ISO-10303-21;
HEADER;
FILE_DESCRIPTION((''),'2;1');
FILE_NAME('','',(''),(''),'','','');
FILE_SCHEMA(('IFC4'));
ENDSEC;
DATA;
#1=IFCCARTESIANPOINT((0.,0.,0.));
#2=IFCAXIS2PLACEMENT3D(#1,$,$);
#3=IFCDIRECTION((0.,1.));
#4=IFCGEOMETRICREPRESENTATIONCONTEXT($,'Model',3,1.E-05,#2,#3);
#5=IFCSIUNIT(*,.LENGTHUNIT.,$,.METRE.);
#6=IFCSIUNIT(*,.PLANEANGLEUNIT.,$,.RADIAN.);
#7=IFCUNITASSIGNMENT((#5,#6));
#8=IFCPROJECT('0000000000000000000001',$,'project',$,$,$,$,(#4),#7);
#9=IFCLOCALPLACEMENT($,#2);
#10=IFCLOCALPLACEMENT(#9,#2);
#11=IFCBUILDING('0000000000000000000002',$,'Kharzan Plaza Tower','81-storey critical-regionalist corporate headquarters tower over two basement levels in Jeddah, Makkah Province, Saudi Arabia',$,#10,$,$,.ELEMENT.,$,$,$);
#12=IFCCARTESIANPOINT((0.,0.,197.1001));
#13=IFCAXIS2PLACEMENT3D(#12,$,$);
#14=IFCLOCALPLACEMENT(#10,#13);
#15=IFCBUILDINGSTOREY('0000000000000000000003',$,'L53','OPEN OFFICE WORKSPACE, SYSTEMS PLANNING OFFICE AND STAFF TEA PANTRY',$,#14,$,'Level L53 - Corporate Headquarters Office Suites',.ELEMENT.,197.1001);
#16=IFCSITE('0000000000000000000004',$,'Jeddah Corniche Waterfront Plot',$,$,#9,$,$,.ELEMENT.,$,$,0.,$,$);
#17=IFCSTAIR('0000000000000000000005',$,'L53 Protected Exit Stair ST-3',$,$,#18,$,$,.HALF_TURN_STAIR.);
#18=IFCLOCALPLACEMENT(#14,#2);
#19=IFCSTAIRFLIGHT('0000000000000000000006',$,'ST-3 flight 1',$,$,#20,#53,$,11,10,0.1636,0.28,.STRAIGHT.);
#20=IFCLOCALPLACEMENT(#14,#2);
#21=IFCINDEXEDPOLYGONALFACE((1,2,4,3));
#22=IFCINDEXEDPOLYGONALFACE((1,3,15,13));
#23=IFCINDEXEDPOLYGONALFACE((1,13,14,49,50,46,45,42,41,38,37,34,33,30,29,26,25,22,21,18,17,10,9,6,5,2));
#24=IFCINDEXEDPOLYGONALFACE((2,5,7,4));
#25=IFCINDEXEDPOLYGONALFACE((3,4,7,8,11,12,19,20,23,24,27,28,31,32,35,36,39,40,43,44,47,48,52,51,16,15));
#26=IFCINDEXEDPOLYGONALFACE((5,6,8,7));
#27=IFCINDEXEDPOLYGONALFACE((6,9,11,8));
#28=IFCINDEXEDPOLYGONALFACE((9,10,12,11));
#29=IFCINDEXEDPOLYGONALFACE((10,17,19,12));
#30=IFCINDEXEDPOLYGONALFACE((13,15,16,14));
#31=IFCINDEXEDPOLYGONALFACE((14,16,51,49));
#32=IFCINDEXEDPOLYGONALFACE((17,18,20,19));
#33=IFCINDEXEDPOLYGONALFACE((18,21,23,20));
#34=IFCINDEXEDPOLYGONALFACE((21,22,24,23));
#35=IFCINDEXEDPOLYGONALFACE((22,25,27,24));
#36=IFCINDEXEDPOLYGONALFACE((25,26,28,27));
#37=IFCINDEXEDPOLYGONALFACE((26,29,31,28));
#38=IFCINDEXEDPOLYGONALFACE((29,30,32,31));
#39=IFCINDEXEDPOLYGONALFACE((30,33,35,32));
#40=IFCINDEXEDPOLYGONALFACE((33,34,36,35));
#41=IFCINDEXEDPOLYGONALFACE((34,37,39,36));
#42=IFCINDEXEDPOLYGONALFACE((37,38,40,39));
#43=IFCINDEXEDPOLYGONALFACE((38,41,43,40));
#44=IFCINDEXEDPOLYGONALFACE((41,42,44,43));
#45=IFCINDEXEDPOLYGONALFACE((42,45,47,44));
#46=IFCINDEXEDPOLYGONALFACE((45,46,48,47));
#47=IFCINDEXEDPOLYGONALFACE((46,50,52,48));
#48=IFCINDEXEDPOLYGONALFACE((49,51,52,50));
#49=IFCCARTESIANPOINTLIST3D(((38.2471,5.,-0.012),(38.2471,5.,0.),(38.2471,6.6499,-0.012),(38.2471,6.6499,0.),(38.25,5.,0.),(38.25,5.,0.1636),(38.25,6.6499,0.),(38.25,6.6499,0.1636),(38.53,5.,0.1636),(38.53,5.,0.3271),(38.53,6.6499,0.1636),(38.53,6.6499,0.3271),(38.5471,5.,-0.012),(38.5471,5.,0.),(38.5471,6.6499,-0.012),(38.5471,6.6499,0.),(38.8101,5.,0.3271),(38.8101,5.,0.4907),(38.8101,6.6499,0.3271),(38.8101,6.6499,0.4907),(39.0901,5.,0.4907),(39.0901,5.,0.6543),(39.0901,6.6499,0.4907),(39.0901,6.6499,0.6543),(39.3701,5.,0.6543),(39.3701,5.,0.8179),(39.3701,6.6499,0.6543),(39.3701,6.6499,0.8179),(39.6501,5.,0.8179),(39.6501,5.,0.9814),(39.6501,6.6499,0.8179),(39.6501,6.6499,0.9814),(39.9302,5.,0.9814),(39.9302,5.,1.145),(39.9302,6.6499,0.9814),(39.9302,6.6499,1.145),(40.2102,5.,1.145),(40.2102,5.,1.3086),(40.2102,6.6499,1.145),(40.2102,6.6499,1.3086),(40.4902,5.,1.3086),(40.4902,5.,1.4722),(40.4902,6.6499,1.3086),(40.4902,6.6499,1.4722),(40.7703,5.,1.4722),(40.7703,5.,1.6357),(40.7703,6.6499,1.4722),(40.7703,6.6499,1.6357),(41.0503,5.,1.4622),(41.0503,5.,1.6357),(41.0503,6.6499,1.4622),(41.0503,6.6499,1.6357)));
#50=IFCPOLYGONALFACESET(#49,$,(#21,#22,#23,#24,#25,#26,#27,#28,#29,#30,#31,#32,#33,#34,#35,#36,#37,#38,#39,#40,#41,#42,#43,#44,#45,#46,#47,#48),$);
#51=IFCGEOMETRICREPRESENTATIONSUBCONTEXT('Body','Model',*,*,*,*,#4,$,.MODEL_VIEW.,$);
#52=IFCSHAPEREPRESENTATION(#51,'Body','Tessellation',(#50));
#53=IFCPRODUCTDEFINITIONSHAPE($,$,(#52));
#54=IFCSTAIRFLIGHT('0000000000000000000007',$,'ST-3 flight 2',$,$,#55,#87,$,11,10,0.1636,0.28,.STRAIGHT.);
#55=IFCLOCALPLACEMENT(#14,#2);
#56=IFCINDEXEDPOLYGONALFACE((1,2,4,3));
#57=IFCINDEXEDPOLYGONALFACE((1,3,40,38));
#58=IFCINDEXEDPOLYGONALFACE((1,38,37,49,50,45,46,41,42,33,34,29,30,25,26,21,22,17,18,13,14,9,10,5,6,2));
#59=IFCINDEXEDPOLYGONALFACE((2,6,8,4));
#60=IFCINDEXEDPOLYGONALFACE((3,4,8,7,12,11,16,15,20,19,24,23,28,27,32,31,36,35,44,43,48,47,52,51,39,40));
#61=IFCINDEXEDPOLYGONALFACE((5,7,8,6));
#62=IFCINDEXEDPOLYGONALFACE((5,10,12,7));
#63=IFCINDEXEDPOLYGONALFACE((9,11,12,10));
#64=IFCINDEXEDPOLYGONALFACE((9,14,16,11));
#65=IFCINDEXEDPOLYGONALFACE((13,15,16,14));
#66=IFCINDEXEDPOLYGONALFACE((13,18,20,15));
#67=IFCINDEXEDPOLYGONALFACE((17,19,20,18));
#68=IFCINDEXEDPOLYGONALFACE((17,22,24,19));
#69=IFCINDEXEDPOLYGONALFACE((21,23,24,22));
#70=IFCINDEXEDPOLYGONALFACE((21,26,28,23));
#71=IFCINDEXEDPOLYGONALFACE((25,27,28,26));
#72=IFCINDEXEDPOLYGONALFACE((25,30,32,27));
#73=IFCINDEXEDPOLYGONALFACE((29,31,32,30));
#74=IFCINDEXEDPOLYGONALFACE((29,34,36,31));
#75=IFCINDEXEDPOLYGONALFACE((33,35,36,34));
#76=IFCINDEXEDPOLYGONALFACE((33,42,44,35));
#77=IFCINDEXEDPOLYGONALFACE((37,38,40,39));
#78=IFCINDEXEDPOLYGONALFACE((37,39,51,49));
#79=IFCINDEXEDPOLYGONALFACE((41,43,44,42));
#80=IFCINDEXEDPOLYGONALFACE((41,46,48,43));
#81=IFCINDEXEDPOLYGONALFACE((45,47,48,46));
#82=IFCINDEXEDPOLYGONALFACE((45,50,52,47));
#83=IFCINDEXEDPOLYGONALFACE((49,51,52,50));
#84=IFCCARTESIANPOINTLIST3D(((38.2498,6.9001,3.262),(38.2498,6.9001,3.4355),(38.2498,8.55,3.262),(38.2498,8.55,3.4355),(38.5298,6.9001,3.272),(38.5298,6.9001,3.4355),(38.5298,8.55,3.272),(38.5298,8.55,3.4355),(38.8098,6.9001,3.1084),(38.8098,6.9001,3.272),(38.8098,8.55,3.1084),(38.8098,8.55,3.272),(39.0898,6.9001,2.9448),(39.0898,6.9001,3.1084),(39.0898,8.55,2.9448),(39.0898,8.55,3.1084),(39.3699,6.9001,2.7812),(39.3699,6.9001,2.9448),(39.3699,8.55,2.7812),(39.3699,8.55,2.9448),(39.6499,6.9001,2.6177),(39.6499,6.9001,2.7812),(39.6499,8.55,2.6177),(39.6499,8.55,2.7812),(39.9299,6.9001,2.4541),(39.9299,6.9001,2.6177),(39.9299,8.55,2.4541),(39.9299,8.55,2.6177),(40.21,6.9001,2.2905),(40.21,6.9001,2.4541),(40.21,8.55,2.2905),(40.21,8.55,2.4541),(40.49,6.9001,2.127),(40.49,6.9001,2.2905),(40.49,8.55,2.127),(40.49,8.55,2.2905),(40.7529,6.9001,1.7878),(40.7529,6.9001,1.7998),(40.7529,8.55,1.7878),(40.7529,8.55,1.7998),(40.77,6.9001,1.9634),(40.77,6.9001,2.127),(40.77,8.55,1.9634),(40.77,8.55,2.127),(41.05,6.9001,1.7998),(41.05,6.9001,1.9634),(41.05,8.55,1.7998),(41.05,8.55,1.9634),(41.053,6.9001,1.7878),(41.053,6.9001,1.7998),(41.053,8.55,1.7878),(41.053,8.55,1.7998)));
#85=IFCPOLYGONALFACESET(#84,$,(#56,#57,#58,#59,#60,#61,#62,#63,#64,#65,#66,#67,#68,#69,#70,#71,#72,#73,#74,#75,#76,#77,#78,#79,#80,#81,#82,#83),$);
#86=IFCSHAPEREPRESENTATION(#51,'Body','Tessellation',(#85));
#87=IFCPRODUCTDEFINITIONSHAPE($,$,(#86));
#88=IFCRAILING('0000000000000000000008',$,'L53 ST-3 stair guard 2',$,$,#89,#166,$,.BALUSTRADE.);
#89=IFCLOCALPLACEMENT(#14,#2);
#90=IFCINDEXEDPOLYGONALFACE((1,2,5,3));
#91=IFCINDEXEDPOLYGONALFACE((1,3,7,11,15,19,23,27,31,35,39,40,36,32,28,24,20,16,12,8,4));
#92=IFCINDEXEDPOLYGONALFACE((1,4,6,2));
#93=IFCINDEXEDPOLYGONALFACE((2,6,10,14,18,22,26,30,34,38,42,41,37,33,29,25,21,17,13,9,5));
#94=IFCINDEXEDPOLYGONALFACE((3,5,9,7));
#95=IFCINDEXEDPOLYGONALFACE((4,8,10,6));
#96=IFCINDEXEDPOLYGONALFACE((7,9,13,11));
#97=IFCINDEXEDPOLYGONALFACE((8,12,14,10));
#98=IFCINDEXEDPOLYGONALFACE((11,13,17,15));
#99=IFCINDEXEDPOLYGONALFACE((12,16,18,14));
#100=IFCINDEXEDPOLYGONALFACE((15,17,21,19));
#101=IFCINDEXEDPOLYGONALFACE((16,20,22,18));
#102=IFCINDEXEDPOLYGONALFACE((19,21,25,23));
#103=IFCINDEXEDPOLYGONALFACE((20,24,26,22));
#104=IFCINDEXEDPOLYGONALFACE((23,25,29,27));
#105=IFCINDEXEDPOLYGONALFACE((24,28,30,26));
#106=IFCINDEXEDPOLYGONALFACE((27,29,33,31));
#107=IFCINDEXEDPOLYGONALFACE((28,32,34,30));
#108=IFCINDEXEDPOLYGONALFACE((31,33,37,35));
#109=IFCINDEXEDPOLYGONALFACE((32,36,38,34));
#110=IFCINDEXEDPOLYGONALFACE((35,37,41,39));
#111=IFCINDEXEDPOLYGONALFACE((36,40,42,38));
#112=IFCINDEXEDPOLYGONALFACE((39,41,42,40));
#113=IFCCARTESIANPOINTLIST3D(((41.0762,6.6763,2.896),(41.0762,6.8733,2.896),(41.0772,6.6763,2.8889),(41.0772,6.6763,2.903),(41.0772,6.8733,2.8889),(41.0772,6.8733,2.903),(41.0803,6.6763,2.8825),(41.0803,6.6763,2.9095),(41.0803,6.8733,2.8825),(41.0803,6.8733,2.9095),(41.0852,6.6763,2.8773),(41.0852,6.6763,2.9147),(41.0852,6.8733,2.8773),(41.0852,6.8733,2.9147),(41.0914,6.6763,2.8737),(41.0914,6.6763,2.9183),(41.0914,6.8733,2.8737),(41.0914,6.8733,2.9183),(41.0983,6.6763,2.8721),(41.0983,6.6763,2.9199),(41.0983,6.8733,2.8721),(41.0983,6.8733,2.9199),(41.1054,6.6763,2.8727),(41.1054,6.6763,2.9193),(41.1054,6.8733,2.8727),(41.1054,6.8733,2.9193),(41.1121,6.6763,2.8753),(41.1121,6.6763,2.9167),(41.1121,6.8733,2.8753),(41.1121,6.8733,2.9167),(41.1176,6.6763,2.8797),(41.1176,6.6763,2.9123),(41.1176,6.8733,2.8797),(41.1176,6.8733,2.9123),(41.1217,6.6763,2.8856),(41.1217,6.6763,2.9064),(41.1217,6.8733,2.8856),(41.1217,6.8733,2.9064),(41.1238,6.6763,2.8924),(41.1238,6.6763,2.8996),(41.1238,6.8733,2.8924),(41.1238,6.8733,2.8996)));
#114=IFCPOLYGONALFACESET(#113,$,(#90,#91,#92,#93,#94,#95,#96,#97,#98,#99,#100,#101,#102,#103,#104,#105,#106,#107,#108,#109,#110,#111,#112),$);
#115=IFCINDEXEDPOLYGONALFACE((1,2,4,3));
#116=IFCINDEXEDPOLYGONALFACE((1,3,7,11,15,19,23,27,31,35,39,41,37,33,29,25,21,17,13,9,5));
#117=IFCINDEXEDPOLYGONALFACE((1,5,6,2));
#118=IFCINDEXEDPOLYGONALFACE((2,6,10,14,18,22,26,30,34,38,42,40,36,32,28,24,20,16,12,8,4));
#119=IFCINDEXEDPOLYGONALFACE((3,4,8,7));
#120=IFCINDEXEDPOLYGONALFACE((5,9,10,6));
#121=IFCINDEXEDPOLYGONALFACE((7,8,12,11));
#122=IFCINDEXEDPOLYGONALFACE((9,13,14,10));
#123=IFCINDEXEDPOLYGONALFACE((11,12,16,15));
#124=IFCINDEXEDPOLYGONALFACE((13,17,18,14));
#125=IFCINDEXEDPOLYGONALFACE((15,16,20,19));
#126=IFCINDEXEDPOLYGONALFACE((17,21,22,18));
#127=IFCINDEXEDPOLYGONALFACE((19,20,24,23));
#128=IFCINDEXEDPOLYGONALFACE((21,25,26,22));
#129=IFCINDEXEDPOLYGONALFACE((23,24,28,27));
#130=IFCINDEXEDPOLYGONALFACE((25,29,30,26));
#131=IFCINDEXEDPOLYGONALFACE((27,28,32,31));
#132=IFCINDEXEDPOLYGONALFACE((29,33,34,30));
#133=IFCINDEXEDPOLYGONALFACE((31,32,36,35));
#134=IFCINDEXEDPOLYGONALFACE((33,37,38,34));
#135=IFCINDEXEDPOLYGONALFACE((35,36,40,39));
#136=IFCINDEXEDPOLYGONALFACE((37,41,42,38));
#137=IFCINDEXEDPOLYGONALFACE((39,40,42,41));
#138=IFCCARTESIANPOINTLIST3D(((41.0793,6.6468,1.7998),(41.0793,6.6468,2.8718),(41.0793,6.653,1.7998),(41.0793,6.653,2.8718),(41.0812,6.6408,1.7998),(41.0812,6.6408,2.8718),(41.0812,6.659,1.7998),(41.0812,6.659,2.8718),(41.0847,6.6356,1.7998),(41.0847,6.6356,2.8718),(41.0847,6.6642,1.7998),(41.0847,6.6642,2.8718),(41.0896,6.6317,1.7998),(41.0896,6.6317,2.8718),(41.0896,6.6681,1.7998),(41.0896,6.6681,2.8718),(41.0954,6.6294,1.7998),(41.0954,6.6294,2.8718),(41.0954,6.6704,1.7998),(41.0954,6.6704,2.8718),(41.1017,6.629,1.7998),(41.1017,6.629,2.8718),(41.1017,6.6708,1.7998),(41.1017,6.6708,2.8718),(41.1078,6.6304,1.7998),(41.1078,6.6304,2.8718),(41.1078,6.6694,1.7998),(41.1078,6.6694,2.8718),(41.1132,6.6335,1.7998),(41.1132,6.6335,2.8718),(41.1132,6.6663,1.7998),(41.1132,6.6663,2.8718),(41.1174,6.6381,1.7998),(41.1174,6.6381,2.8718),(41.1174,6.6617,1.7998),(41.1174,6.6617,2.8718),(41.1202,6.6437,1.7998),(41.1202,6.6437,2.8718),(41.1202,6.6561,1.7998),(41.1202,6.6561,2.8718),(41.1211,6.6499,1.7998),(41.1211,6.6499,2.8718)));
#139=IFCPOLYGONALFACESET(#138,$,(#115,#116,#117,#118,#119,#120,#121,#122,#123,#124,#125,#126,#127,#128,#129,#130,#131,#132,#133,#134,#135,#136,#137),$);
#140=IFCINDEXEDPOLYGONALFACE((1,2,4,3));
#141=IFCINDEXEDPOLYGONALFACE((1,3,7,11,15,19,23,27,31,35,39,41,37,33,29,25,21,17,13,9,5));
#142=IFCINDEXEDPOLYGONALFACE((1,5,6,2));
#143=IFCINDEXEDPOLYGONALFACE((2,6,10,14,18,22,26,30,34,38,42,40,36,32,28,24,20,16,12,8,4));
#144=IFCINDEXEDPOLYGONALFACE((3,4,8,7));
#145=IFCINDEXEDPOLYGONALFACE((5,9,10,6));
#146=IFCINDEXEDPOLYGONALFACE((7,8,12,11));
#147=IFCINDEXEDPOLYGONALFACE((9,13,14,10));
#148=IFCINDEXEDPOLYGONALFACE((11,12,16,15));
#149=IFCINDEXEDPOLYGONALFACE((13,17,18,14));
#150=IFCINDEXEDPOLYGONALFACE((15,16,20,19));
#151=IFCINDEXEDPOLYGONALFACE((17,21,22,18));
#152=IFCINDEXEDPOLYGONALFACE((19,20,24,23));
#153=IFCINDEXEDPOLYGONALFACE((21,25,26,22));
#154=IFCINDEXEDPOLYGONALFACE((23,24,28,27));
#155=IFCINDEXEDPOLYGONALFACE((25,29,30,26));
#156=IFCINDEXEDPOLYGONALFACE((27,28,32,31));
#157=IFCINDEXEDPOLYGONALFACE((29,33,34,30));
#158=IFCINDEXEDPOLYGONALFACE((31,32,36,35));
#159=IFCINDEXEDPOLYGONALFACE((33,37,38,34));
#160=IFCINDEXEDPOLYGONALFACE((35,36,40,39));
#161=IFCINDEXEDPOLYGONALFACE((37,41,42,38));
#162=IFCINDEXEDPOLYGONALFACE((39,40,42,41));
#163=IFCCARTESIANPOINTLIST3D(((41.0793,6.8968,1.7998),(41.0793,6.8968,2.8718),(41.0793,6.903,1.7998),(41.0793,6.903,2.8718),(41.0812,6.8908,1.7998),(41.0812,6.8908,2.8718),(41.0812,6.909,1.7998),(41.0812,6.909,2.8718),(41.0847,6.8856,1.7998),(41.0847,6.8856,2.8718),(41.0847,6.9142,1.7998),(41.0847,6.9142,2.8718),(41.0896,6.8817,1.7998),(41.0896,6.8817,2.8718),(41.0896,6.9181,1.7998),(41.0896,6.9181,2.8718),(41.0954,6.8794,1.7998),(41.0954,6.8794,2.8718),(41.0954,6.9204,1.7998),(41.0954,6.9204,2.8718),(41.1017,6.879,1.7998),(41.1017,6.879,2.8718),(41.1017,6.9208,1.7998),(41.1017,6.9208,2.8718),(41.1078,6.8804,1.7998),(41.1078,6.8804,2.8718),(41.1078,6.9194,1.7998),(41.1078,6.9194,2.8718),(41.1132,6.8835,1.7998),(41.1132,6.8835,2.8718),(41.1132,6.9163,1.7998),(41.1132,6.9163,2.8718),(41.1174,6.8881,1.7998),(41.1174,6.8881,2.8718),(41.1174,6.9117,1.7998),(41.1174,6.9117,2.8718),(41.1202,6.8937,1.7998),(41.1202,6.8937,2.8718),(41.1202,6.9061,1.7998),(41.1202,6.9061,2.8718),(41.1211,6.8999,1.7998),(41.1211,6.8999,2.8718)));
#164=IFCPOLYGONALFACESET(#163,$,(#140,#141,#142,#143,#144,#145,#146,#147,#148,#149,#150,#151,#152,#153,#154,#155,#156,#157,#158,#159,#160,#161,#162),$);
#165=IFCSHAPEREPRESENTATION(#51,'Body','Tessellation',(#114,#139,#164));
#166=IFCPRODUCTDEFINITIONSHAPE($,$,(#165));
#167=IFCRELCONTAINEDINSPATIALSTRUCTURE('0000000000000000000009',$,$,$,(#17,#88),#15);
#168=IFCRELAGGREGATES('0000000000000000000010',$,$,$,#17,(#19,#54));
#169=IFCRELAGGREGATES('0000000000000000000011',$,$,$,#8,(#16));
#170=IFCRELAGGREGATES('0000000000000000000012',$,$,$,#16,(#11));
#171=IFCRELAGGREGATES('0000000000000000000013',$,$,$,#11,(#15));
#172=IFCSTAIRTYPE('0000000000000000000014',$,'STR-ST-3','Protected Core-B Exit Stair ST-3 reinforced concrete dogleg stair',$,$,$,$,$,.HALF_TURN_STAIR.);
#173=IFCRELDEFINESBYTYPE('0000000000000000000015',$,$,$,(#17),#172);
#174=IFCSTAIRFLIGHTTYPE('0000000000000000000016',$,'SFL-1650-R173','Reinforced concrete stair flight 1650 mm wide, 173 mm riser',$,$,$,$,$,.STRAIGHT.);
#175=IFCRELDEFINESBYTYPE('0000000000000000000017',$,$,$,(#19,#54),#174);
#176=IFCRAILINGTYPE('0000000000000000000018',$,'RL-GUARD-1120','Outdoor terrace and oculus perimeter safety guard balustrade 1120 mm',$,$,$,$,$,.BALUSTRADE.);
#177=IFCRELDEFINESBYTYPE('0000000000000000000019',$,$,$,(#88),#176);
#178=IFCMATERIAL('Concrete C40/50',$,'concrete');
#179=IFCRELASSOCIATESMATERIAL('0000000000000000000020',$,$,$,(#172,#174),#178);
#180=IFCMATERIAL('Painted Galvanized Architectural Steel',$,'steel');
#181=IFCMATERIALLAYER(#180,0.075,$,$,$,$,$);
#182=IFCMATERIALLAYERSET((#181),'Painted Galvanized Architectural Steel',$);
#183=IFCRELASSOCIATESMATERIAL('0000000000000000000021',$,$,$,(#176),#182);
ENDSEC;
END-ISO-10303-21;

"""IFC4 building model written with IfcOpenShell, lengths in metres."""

from ifc_helpers import new_model, si_unit, direction, frame, origin, origin_2d, place, context, subcontext, project, spatial, polyline, circle, outline, extrude, source, transform, mapped, material, layer, layer_set, type_object, element, aggregate, save


model = new_model("IFC4")

# Units and contexts
model_context = context("Model", 3, precision=1e-05, world=origin(), true_north=direction((0.0, 1.0)))
body_context = subcontext(model_context, "Body", "Model", "MODEL_VIEW")
ifc_project = project(units=[si_unit("LENGTHUNIT", "METRE"), si_unit("PLANEANGLEUNIT", "RADIAN")], contexts=[model_context])

# Site, building, storey
site_placement = place(None, origin())
site = spatial("IfcSite", under=ifc_project, at=site_placement, Name="Jeddah Corniche Waterfront Plot", CompositionType="ELEMENT", RefElevation=0.0)
building_placement = place(site_placement, origin())
building = spatial("IfcBuilding", under=site, at=building_placement, Name="Kharzan Plaza Tower", Description="81-storey critical-regionalist corporate headquarters tower over two basement levels in Jeddah, Makkah Province, Saudi Arabia", CompositionType="ELEMENT")
storey_placement = place(building_placement, frame((0.0, 0.0, 197.1001)))
storey = spatial("IfcBuildingStorey", under=building, at=storey_placement, Name="L53", Description="OPEN OFFICE WORKSPACE, SYSTEMS PLANNING OFFICE AND STAFF TEA PANTRY", LongName="Level L53 - Corporate Headquarters Office Suites", CompositionType="ELEMENT", Elevation=197.1001)

# Shared definitions
ifc_material_1 = material(Name="Concrete C40/50", Category="concrete")

# Stair, stair flights
stair_type = type_object("IfcStairType", Name="STR-ST-3", Description="Protected Core-B Exit Stair ST-3 reinforced concrete dogleg stair", PredefinedType="HALF_TURN_STAIR", material=ifc_material_1)
stair_placement = place(storey_placement, origin())
stair = element("IfcStair", 1, at=stair_placement, inside=storey, type_object=stair_type, Name="L53 Protected Exit Stair ST-3", PredefinedType="HALF_TURN_STAIR")
stair_flight_type = type_object("IfcStairFlightType", Name="SFL-1650-R173", Description="Reinforced concrete stair flight 1650 mm wide, 173 mm riser", PredefinedType="STRAIGHT", material=ifc_material_1)
shared_shape_1 = source(origin(), body_context, "Body", "SweptSolid", [
    extrude(outline(polyline([(-0.0029, -0.012), (-0.0029, 0.0), (0.0, 0.0), (0.0, 0.1636), (0.28, 0.1636), (0.28, 0.3271), (0.5601, 0.3271), (0.5601, 0.4907), (0.8401, 0.4907), (0.8401, 0.6543), (1.1201, 0.6543), (1.1201, 0.8179), (1.4001, 0.8179), (1.4001, 0.9814), (1.6802, 0.9814), (1.6802, 1.145), (1.9602, 1.145), (1.9602, 1.3086), (2.2402, 1.3086), (2.2402, 1.4722), (2.5203, 1.4722), (2.5203, 1.6357), (2.8003, 1.6357), (2.8003, 1.7993), (2.8003, 1.4622), (0.2971, 0.0), (0.2971, -0.012), (-0.0029, -0.012)])), frame((0.0, 0.825, 0.0), z_axis=(0.0, -1.0, 0.0), x_axis=(1.0, 0.0, 0.0)), (0.0, 0.0, 1.0), 1.6499),
])
stair_flight_1_placement = place(storey_placement, frame((38.25, 5.825, 0.0), z_axis=(0.0, 0.0, 1.0), x_axis=(1.0, 0.0, 0.0)))
stair_flight_1 = element("IfcStairFlight", 2, at=stair_flight_1_placement, type_object=stair_flight_type, Name="ST-3 flight 1", NumberOfRisers=11, NumberOfTreads=10, PredefinedType="STRAIGHT", RiserHeight=0.1636, TreadLength=0.28, context=body_context, shape_type="MappedRepresentation", body=[
    mapped(shared_shape_1, transform((0.0, 0.0, 0.0), x_axis=(1.0, 0.0, 0.0), y_axis=(0.0, 1.0, 0.0), z_axis=(0.0, 0.0, 1.0))),
])
stair_flight_2_placement = place(storey_placement, frame((41.05, 7.7251, 1.7998), z_axis=(0.0, 0.0, 1.0), x_axis=(-1.0, 0.0, 0.0)))
stair_flight_2 = element("IfcStairFlight", 3, at=stair_flight_2_placement, type_object=stair_flight_type, Name="ST-3 flight 2", NumberOfRisers=11, NumberOfTreads=10, PredefinedType="STRAIGHT", RiserHeight=0.1636, TreadLength=0.28, context=body_context, shape_type="MappedRepresentation", body=[
    mapped(shared_shape_1, transform((0.0, 0.0, 0.0), x_axis=(1.0, 0.0, 0.0), y_axis=(0.0, 1.0, 0.0), z_axis=(0.0, 0.0, 1.0))),
])
aggregate(stair, [stair_flight_1, stair_flight_2])

# Railing
ifc_material_2 = material(Name="Painted Galvanized Architectural Steel", Category="steel")
ifc_layer_1 = layer(ifc_material_2, 0.075)
ifc_layer_set_1 = layer_set([ifc_layer_1], Name="Painted Galvanized Architectural Steel")
railing_type_1 = type_object("IfcRailingType", Name="RL-GUARD-1120", Description="Outdoor terrace and oculus perimeter safety guard balustrade 1120 mm", PredefinedType="BALUSTRADE", material=ifc_layer_set_1)
shared_shape_2 = source(origin(), body_context, "Body", "SweptSolid", [
    extrude(circle(Radius=0.0239, at=origin_2d()), frame((0.0, 0.0264, 1.0962), z_axis=(0.0, 1.0, 0.0), x_axis=(-1.0, 0.0, 0.0)), (0.0, 0.0, 1.0), 0.197),
    extrude(circle(Radius=0.021, at=origin_2d()), origin(), (0.0, 0.0, 1.0), 1.072),
    extrude(circle(Radius=0.021, at=origin_2d()), frame((0.0, 0.25, 0.0)), (0.0, 0.0, 1.0), 1.072),
])
for number, where, name in (
    (4, (41.1001, 6.6499, 1.7998), "L53 ST-3 stair guard 2"),
):
    element("IfcRailing", number, at=place(storey_placement, frame(where)), inside=storey, type_object=railing_type_1, Name=name, PredefinedType="BALUSTRADE", context=body_context, shape_type="MappedRepresentation", body=[
        mapped(shared_shape_2, transform((0.0, 0.0, 0.0), x_axis=(1.0, 0.0, 0.0), y_axis=(0.0, 1.0, 0.0), z_axis=(0.0, 0.0, 1.0))),
    ])

save(model, "model.ifc")
